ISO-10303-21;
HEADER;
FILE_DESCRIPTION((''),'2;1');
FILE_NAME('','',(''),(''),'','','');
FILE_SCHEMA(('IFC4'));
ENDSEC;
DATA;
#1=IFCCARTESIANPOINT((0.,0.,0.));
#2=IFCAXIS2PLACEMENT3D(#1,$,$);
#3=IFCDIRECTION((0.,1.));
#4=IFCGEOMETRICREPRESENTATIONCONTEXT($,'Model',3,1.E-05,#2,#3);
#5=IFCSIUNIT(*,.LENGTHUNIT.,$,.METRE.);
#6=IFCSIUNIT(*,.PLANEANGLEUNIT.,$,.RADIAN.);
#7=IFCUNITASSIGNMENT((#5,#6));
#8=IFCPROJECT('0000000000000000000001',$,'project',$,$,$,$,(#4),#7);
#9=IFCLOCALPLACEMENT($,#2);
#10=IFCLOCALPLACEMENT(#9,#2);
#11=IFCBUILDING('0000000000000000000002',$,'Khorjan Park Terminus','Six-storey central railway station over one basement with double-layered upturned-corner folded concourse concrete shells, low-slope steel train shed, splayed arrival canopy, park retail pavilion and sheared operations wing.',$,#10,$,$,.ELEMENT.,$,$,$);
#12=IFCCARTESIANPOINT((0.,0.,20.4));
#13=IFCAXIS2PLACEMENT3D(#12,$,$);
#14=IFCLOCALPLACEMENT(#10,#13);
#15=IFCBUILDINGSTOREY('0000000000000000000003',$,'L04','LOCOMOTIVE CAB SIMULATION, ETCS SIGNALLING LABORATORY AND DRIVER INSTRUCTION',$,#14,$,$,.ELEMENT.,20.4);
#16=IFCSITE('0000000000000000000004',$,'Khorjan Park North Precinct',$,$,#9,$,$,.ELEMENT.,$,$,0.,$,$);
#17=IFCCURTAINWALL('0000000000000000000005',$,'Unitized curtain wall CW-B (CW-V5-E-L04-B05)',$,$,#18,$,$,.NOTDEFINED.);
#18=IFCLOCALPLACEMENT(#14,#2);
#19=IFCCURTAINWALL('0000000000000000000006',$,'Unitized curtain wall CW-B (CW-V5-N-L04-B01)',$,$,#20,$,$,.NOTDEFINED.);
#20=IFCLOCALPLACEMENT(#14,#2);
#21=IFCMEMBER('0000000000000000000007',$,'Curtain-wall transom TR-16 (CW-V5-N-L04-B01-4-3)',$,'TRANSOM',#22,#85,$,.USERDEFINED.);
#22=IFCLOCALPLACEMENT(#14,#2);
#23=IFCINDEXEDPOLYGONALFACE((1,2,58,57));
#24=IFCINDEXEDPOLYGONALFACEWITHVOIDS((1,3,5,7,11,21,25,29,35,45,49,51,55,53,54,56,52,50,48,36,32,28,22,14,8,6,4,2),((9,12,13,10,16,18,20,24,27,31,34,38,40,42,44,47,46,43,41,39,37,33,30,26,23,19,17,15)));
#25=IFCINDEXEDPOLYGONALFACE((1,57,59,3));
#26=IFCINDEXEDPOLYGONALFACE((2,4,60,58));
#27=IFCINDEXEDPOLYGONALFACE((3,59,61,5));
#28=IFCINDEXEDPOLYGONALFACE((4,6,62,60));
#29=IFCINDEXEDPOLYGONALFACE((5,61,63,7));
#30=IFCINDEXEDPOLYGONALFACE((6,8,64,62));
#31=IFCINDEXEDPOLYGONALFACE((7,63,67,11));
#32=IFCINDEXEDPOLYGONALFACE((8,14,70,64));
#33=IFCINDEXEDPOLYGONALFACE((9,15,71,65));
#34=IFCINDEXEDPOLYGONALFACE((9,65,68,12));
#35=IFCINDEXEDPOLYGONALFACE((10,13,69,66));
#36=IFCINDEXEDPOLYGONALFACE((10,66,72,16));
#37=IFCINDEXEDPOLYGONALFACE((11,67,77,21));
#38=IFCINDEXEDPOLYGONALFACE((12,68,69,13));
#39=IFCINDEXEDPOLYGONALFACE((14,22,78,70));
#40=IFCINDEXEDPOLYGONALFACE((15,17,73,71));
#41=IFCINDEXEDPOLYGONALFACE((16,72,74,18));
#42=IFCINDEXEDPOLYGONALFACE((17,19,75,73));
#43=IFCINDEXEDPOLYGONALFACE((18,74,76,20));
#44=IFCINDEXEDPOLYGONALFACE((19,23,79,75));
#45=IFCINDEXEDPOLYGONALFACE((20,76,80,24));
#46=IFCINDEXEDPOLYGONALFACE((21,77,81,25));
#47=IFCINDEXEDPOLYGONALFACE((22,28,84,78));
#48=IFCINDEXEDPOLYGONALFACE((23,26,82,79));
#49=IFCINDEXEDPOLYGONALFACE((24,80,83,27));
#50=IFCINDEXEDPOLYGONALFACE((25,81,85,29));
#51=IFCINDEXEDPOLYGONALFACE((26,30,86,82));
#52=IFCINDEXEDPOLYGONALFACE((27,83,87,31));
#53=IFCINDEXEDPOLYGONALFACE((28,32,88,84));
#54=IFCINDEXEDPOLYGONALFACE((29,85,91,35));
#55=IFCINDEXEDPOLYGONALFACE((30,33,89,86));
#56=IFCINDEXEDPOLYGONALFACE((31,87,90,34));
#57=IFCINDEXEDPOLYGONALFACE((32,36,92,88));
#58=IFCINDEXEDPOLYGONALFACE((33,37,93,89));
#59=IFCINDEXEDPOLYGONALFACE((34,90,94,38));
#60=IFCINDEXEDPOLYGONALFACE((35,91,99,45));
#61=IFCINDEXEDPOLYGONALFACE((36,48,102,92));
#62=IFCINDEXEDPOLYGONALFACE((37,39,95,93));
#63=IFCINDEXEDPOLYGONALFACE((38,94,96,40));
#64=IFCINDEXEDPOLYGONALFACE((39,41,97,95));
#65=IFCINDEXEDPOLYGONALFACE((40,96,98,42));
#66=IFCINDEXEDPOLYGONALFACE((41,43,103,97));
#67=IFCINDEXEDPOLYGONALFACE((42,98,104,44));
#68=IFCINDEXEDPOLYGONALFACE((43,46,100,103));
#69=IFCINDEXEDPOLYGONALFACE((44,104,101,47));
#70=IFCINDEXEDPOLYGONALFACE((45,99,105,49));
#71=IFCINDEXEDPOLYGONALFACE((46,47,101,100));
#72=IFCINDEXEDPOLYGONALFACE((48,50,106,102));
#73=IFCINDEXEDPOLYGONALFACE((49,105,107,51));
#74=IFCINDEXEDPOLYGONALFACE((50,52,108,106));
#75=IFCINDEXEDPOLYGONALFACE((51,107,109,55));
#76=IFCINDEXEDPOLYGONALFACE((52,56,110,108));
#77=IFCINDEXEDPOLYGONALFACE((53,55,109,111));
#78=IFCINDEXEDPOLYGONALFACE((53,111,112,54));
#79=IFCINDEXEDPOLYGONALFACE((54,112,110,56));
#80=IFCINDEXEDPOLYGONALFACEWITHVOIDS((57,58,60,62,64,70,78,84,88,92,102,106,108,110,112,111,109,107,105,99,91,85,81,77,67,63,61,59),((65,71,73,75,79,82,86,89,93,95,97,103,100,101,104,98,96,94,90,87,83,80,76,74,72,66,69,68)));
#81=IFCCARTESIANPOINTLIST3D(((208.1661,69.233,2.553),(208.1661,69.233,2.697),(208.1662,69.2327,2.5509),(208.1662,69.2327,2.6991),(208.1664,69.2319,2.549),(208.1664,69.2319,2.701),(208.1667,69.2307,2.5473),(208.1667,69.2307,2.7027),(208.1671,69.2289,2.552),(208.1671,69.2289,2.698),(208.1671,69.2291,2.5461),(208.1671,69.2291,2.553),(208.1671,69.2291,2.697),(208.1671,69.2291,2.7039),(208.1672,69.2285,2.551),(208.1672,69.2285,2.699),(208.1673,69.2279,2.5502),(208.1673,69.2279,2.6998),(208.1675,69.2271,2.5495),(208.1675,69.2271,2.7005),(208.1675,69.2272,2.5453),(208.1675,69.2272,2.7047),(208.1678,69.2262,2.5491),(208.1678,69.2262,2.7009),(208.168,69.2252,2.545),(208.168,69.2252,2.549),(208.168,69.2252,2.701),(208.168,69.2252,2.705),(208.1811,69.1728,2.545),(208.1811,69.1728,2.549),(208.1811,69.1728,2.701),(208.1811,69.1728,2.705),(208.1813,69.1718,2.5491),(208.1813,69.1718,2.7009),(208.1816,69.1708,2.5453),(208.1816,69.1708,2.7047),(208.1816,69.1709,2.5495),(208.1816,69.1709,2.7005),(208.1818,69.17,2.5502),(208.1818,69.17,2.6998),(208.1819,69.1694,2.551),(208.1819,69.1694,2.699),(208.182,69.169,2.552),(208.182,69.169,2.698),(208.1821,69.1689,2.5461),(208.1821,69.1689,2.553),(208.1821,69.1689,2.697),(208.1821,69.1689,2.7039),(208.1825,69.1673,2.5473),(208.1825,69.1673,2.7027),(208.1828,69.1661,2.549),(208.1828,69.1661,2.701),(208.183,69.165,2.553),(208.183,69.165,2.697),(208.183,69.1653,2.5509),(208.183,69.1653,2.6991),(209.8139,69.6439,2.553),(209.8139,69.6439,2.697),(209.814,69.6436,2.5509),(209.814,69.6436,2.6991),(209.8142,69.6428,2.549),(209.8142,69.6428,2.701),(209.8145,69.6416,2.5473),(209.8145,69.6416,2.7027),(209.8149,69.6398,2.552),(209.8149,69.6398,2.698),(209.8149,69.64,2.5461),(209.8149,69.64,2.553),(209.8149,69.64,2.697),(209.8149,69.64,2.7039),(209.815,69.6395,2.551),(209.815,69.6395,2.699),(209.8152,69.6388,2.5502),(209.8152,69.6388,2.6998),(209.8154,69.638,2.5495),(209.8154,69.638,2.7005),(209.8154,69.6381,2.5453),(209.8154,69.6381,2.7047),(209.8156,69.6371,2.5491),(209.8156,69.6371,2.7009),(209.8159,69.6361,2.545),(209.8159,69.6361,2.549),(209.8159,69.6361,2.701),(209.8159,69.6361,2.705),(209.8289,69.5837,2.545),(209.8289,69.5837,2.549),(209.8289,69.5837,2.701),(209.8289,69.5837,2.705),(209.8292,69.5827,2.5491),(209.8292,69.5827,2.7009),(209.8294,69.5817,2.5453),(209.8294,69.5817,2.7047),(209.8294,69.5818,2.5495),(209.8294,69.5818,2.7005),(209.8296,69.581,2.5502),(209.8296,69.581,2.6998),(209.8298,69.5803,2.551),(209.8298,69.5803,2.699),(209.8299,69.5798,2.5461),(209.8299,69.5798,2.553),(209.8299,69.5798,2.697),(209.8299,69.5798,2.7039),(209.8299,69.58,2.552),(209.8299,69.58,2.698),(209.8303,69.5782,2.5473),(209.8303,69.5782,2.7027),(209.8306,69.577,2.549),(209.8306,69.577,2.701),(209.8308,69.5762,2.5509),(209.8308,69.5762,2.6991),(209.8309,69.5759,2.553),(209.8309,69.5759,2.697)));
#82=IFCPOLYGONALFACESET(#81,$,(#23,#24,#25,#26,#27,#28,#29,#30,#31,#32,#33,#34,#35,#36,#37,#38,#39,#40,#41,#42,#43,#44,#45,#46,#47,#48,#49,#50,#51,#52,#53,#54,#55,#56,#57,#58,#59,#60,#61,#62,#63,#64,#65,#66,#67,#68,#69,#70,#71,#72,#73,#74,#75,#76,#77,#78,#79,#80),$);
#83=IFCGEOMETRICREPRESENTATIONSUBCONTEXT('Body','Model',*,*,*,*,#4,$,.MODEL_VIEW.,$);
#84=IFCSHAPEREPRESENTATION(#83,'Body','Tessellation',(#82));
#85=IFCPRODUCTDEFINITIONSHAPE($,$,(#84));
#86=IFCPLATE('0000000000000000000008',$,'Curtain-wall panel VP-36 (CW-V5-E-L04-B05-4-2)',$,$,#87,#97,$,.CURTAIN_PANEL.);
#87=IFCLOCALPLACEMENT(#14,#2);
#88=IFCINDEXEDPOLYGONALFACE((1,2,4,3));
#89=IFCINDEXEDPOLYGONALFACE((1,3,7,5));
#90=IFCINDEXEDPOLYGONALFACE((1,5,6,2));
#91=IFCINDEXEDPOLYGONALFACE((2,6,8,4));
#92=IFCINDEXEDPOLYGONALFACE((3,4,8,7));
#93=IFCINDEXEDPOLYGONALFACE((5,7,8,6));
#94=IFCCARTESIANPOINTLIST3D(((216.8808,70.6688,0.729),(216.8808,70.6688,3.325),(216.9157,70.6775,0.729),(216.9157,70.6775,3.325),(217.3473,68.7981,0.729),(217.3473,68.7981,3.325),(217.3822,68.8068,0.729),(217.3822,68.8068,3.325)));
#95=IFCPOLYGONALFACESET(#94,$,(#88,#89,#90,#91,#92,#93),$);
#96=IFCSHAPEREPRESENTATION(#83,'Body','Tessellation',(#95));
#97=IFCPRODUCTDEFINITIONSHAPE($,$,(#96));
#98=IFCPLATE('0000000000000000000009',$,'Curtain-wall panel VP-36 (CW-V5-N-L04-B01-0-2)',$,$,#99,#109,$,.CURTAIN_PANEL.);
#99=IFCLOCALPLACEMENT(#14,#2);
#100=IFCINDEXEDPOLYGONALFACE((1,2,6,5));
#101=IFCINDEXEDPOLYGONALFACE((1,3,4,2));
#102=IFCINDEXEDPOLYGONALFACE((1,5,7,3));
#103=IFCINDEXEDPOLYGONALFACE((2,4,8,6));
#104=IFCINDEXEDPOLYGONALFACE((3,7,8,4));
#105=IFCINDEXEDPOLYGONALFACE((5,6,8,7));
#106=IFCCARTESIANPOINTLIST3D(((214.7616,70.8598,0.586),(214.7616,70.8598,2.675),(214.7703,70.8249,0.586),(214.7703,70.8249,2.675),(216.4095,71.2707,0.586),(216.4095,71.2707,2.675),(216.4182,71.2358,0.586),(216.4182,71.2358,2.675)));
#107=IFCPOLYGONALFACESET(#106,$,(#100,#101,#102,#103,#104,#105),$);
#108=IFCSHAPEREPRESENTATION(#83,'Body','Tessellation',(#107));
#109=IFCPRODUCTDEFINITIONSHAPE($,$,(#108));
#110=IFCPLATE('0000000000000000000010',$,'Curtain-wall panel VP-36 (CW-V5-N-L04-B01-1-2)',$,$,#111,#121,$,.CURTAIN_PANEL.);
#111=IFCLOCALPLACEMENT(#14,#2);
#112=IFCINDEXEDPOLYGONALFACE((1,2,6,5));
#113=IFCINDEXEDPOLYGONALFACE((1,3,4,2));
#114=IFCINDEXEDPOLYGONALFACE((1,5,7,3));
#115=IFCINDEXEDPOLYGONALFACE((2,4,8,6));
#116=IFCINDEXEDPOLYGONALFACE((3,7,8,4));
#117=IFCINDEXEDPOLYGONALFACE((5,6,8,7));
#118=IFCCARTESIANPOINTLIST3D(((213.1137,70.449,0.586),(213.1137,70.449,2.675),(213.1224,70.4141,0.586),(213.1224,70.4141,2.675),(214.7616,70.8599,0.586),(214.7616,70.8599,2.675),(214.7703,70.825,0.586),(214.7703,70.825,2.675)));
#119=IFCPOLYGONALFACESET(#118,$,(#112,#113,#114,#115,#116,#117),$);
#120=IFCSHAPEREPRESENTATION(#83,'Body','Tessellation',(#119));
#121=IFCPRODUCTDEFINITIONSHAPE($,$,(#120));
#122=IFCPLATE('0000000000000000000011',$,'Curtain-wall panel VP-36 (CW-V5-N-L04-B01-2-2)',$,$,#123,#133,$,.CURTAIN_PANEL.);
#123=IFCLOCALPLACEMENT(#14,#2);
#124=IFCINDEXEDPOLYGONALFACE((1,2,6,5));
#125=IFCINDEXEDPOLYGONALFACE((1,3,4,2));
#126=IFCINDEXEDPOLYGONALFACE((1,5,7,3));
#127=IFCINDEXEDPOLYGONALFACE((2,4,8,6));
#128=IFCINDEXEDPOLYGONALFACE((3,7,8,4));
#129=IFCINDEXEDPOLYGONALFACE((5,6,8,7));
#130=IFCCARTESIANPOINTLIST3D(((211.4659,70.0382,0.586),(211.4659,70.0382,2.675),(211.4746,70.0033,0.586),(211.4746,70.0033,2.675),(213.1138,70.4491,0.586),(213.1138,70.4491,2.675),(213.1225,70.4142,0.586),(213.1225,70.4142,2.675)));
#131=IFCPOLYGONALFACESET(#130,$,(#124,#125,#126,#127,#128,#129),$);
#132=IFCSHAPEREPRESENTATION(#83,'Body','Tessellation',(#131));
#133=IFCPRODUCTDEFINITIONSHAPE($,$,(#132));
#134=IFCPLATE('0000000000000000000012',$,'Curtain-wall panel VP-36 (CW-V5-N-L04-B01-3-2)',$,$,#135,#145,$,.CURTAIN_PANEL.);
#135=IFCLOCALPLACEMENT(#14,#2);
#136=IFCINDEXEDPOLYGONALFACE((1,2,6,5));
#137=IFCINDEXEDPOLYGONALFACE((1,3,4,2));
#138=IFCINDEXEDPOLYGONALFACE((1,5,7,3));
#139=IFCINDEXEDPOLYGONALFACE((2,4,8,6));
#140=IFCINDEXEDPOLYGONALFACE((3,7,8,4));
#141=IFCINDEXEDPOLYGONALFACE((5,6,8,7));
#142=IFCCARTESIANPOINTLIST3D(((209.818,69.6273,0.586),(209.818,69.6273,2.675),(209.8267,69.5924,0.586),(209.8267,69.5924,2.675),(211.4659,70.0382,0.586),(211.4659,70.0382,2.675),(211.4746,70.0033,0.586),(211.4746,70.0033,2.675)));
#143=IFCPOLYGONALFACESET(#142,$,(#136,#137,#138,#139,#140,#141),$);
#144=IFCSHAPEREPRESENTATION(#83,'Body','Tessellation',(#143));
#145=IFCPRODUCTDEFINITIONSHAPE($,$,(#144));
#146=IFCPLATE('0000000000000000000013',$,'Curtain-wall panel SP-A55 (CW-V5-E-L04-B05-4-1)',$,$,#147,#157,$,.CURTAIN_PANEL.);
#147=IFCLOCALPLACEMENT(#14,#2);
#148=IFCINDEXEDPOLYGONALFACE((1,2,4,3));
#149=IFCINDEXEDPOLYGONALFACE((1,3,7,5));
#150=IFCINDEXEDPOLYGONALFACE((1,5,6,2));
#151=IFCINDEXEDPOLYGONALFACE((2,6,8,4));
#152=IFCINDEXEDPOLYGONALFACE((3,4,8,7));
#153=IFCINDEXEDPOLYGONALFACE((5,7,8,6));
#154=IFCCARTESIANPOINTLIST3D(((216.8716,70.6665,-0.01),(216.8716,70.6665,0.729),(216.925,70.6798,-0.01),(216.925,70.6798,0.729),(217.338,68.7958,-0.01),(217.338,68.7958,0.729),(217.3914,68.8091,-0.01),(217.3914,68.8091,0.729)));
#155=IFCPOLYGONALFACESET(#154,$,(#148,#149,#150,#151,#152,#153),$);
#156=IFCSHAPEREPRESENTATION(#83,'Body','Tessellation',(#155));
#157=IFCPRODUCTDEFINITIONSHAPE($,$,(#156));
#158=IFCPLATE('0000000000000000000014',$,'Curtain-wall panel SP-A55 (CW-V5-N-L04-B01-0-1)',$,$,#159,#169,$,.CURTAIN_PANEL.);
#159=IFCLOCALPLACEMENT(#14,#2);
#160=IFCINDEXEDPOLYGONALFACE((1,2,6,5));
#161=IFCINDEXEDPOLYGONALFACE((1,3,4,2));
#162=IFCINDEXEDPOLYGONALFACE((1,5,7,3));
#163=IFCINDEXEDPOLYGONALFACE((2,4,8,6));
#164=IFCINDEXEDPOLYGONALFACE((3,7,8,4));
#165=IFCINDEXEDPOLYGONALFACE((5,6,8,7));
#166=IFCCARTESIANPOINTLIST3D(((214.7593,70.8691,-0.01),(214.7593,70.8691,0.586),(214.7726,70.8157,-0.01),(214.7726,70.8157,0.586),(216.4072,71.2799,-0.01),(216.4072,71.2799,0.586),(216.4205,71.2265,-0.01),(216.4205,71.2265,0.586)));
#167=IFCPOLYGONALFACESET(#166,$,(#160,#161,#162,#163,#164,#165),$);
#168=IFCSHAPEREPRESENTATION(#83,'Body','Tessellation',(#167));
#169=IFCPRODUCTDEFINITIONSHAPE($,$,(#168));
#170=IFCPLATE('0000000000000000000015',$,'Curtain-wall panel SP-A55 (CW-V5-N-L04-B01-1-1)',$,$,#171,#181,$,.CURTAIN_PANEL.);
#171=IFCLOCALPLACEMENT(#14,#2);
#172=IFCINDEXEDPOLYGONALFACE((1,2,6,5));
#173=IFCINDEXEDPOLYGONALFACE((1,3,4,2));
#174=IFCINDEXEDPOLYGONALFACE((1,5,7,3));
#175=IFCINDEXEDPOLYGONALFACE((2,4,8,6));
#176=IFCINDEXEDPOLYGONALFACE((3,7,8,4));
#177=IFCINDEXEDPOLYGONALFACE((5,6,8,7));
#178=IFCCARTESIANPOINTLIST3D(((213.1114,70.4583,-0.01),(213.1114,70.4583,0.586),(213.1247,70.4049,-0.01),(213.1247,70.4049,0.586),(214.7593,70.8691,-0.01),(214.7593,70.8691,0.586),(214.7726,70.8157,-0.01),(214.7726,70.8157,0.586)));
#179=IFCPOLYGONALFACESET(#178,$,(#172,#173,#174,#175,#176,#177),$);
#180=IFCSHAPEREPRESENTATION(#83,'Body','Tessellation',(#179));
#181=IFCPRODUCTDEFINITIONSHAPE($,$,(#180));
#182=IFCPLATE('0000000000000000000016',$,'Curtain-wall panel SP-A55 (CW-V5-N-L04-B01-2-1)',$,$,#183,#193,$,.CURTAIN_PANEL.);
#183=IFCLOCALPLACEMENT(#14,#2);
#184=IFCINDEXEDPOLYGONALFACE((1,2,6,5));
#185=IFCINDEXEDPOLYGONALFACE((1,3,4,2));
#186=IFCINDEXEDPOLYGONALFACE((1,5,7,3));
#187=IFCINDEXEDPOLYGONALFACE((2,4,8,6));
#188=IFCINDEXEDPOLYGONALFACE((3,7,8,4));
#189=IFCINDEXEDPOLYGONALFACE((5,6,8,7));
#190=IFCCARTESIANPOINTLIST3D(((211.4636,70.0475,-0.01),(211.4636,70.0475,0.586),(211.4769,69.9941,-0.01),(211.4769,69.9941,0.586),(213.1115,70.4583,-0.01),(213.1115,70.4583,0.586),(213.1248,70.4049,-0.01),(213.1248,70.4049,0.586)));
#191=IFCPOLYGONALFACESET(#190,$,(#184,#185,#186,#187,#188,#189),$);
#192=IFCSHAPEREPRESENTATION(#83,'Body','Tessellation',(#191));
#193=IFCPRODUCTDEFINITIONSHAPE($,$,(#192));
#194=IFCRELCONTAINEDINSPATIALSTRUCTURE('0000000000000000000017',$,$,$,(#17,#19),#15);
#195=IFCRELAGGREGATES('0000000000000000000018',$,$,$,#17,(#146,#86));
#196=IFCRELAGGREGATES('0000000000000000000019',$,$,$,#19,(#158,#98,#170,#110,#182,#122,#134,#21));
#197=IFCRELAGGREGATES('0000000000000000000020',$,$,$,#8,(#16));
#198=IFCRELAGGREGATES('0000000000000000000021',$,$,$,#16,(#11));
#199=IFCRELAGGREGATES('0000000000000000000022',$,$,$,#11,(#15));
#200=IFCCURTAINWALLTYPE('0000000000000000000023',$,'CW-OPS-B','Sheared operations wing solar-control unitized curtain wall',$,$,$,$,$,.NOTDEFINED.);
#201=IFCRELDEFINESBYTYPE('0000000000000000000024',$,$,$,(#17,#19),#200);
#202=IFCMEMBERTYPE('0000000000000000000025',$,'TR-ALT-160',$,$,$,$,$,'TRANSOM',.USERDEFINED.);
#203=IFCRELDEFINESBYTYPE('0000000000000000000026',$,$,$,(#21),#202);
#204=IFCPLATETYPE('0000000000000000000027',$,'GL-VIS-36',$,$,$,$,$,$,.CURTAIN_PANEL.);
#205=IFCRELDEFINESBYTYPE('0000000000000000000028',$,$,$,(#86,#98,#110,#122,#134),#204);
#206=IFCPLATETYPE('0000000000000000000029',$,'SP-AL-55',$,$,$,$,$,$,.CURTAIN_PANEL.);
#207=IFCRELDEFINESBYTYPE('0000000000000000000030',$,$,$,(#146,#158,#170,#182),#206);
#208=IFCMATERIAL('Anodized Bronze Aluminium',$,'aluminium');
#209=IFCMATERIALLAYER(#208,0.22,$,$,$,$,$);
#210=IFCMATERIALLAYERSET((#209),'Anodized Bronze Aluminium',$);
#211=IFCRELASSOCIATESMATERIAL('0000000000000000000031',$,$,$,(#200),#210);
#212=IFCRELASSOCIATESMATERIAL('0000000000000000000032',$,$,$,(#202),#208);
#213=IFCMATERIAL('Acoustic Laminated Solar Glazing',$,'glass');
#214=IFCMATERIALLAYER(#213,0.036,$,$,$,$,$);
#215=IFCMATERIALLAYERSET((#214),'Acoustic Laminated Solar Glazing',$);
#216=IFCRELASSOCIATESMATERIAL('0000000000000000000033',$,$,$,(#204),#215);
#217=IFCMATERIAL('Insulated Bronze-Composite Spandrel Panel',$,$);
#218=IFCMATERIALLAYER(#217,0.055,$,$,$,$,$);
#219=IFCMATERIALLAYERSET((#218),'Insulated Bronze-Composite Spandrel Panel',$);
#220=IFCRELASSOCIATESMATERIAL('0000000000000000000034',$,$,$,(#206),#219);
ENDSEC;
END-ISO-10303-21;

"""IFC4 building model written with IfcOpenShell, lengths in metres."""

from ifc_helpers import new_model, si_unit, direction, frame, origin, origin_2d, place, context, subcontext, project, spatial, rectangle, hollow_rectangle, extrude, material, layer, layer_set, material_profile, profile_set, type_object, element, aggregate, save


model = new_model("IFC4")

# Units and contexts
model_context = context("Model", 3, precision=1e-05, world=origin(), true_north=direction((0.0, 1.0)))
body_context = subcontext(model_context, "Body", "Model", "MODEL_VIEW")
ifc_project = project(units=[si_unit("LENGTHUNIT", "METRE"), si_unit("PLANEANGLEUNIT", "RADIAN")], contexts=[model_context])

# Site, building, storey
site_placement = place(None, origin())
site = spatial("IfcSite", under=ifc_project, at=site_placement, Name="Khorjan Park North Precinct", CompositionType="ELEMENT", RefElevation=0.0)
building_placement = place(site_placement, origin())
building = spatial("IfcBuilding", under=site, at=building_placement, Name="Khorjan Park Terminus", Description="Six-storey central railway station over one basement with double-layered upturned-corner folded concourse concrete shells, low-slope steel train shed, splayed arrival canopy, park retail pavilion and sheared operations wing.", CompositionType="ELEMENT")
storey_placement = place(building_placement, frame((0.0, 0.0, 20.4)))
storey = spatial("IfcBuildingStorey", under=building, at=storey_placement, Name="L04", Description="LOCOMOTIVE CAB SIMULATION, ETCS SIGNALLING LABORATORY AND DRIVER INSTRUCTION", CompositionType="ELEMENT", Elevation=20.4)

# Curtain wall
ifc_material_1 = material(Name="Anodized Bronze Aluminium", Category="aluminium")
ifc_layer_1 = layer(ifc_material_1, 0.22)
ifc_layer_set_1 = layer_set([ifc_layer_1], Name="Anodized Bronze Aluminium")
curtain_wall_type = type_object("IfcCurtainWallType", Name="CW-OPS-B", Description="Sheared operations wing solar-control unitized curtain wall", PredefinedType="NOTDEFINED", material=ifc_layer_set_1)
curtain_wall_1_placement = place(storey_placement, origin())
curtain_wall_1 = element("IfcCurtainWall", 1, at=curtain_wall_1_placement, inside=storey, type_object=curtain_wall_type, Name="Unitized curtain wall CW-B (CW-V5-E-L04-B05)", PredefinedType="NOTDEFINED")

# Curtain wall, member
curtain_wall_2_placement = place(storey_placement, origin())
curtain_wall_2 = element("IfcCurtainWall", 2, at=curtain_wall_2_placement, inside=storey, type_object=curtain_wall_type, Name="Unitized curtain wall CW-B (CW-V5-N-L04-B01)", PredefinedType="NOTDEFINED")
ifc_material_profile_1 = material_profile(ifc_material_1, hollow_rectangle(XDim=0.07, YDim=0.16, WallThickness=0.004, InnerFilletRadius=0.004, OuterFilletRadius=0.008, at=origin_2d()), Name="ALT 70x160x4")
ifc_profile_set_1 = profile_set([ifc_material_profile_1], Name="Anodized Bronze Aluminium")
member_type_1 = type_object("IfcMemberType", Name="TR-ALT-160", ElementType="TRANSOM", PredefinedType="USERDEFINED", material=ifc_profile_set_1)
member_1_placement = place(storey_placement, frame((209.8224, 69.6099, 2.625), z_axis=(-0.970288, -0.241954, 0.0), x_axis=(0.241954, -0.970288, 0.0)))
member_1 = element("IfcMember", 3, at=member_1_placement, type_object=member_type_1, Name="Curtain-wall transom TR-16 (CW-V5-N-L04-B01-4-3)", ObjectType="TRANSOM", PredefinedType="USERDEFINED", context=body_context, shape_type="SweptSolid", body=[
    extrude(hollow_rectangle(XDim=0.07, YDim=0.16, WallThickness=0.004, InnerFilletRadius=0.004, OuterFilletRadius=0.008, at=origin_2d()), origin(), (0.0, 0.0, 1.0), 1.6983),
])

# Plates
ifc_material_2 = material(Name="Acoustic Laminated Solar Glazing", Category="glass")
ifc_layer_2 = layer(ifc_material_2, 0.036)
ifc_layer_set_2 = layer_set([ifc_layer_2], Name="Acoustic Laminated Solar Glazing")
plate_type_1 = type_object("IfcPlateType", Name="GL-VIS-36", PredefinedType="CURTAIN_PANEL", material=ifc_layer_set_2)
plate_1_placement = place(storey_placement, frame((217.1315, 69.7378, 0.729), z_axis=(0.0, 0.0, 1.0), x_axis=(-0.241935, 0.970292, 0.0)))
plate_1 = element("IfcPlate", 4, at=plate_1_placement, type_object=plate_type_1, Name="Curtain-wall panel VP-36 (CW-V5-E-L04-B05-4-2)", PredefinedType="CURTAIN_PANEL", context=body_context, shape_type="SweptSolid", body=[
    extrude(rectangle(XDim=1.928, YDim=0.036, at=origin_2d()), origin(), (0.0, 0.0, 1.0), 2.596),
])
plate_2_placement = place(storey_placement, frame((215.5899, 71.0478, 0.586), z_axis=(0.0, 0.0, 1.0), x_axis=(-0.970296, -0.241919, 0.0)))
plate_2 = element("IfcPlate", 5, at=plate_2_placement, type_object=plate_type_1, Name="Curtain-wall panel VP-36 (CW-V5-N-L04-B01-0-2)", PredefinedType="CURTAIN_PANEL", context=body_context, shape_type="SweptSolid", body=[
    extrude(rectangle(XDim=1.6983, YDim=0.036, at=origin_2d()), origin(), (0.0, 0.0, 1.0), 2.089),
])
plate_3_placement = place(storey_placement, frame((213.942, 70.637, 0.586), z_axis=(0.0, 0.0, 1.0), x_axis=(-0.970296, -0.241919, 0.0)))
plate_3 = element("IfcPlate", 6, at=plate_3_placement, type_object=plate_type_1, Name="Curtain-wall panel VP-36 (CW-V5-N-L04-B01-1-2)", PredefinedType="CURTAIN_PANEL", context=body_context, shape_type="SweptSolid", body=[
    extrude(rectangle(XDim=1.6983, YDim=0.036, at=origin_2d()), origin(), (0.0, 0.0, 1.0), 2.089),
])
plate_4_placement = place(storey_placement, frame((212.2942, 70.2262, 0.586), z_axis=(0.0, 0.0, 1.0), x_axis=(-0.970296, -0.241919, 0.0)))
plate_4 = element("IfcPlate", 7, at=plate_4_placement, type_object=plate_type_1, Name="Curtain-wall panel VP-36 (CW-V5-N-L04-B01-2-2)", PredefinedType="CURTAIN_PANEL", context=body_context, shape_type="SweptSolid", body=[
    extrude(rectangle(XDim=1.6983, YDim=0.036, at=origin_2d()), origin(), (0.0, 0.0, 1.0), 2.089),
])
plate_5_placement = place(storey_placement, frame((210.6463, 69.8153, 0.586), z_axis=(0.0, 0.0, 1.0), x_axis=(-0.970296, -0.241919, 0.0)))
plate_5 = element("IfcPlate", 8, at=plate_5_placement, type_object=plate_type_1, Name="Curtain-wall panel VP-36 (CW-V5-N-L04-B01-3-2)", PredefinedType="CURTAIN_PANEL", context=body_context, shape_type="SweptSolid", body=[
    extrude(rectangle(XDim=1.6983, YDim=0.036, at=origin_2d()), origin(), (0.0, 0.0, 1.0), 2.089),
])
ifc_material_3 = material(Name="Insulated Bronze-Composite Spandrel Panel")
ifc_layer_3 = layer(ifc_material_3, 0.055)
ifc_layer_set_3 = layer_set([ifc_layer_3], Name="Insulated Bronze-Composite Spandrel Panel")
plate_type_2 = type_object("IfcPlateType", Name="SP-AL-55", PredefinedType="CURTAIN_PANEL", material=ifc_layer_set_3)
plate_6_placement = place(storey_placement, frame((217.1315, 69.7378, -0.01), z_axis=(0.0, 0.0, 1.0), x_axis=(-0.241935, 0.970292, 0.0)))
plate_6 = element("IfcPlate", 9, at=plate_6_placement, type_object=plate_type_2, Name="Curtain-wall panel SP-A55 (CW-V5-E-L04-B05-4-1)", PredefinedType="CURTAIN_PANEL", context=body_context, shape_type="SweptSolid", body=[
    extrude(rectangle(XDim=1.928, YDim=0.055, at=origin_2d()), origin(), (0.0, 0.0, 1.0), 0.739),
])
aggregate(curtain_wall_1, [plate_6, plate_1])
plate_7_placement = place(storey_placement, frame((215.5899, 71.0478, -0.01), z_axis=(0.0, 0.0, 1.0), x_axis=(-0.970296, -0.241919, 0.0)))
plate_7 = element("IfcPlate", 10, at=plate_7_placement, type_object=plate_type_2, Name="Curtain-wall panel SP-A55 (CW-V5-N-L04-B01-0-1)", PredefinedType="CURTAIN_PANEL", context=body_context, shape_type="SweptSolid", body=[
    extrude(rectangle(XDim=1.6983, YDim=0.055, at=origin_2d()), origin(), (0.0, 0.0, 1.0), 0.596),
])
plate_8_placement = place(storey_placement, frame((213.942, 70.637, -0.01), z_axis=(0.0, 0.0, 1.0), x_axis=(-0.970296, -0.241919, 0.0)))
plate_8 = element("IfcPlate", 11, at=plate_8_placement, type_object=plate_type_2, Name="Curtain-wall panel SP-A55 (CW-V5-N-L04-B01-1-1)", PredefinedType="CURTAIN_PANEL", context=body_context, shape_type="SweptSolid", body=[
    extrude(rectangle(XDim=1.6983, YDim=0.055, at=origin_2d()), origin(), (0.0, 0.0, 1.0), 0.596),
])
plate_9_placement = place(storey_placement, frame((212.2942, 70.2262, -0.01), z_axis=(0.0, 0.0, 1.0), x_axis=(-0.970296, -0.241919, 0.0)))
plate_9 = element("IfcPlate", 12, at=plate_9_placement, type_object=plate_type_2, Name="Curtain-wall panel SP-A55 (CW-V5-N-L04-B01-2-1)", PredefinedType="CURTAIN_PANEL", context=body_context, shape_type="SweptSolid", body=[
    extrude(rectangle(XDim=1.6983, YDim=0.055, at=origin_2d()), origin(), (0.0, 0.0, 1.0), 0.596),
])
aggregate(curtain_wall_2, [plate_7, plate_2, plate_8, plate_3, plate_9, plate_4, plate_5, member_1])

save(model, "model.ifc")
